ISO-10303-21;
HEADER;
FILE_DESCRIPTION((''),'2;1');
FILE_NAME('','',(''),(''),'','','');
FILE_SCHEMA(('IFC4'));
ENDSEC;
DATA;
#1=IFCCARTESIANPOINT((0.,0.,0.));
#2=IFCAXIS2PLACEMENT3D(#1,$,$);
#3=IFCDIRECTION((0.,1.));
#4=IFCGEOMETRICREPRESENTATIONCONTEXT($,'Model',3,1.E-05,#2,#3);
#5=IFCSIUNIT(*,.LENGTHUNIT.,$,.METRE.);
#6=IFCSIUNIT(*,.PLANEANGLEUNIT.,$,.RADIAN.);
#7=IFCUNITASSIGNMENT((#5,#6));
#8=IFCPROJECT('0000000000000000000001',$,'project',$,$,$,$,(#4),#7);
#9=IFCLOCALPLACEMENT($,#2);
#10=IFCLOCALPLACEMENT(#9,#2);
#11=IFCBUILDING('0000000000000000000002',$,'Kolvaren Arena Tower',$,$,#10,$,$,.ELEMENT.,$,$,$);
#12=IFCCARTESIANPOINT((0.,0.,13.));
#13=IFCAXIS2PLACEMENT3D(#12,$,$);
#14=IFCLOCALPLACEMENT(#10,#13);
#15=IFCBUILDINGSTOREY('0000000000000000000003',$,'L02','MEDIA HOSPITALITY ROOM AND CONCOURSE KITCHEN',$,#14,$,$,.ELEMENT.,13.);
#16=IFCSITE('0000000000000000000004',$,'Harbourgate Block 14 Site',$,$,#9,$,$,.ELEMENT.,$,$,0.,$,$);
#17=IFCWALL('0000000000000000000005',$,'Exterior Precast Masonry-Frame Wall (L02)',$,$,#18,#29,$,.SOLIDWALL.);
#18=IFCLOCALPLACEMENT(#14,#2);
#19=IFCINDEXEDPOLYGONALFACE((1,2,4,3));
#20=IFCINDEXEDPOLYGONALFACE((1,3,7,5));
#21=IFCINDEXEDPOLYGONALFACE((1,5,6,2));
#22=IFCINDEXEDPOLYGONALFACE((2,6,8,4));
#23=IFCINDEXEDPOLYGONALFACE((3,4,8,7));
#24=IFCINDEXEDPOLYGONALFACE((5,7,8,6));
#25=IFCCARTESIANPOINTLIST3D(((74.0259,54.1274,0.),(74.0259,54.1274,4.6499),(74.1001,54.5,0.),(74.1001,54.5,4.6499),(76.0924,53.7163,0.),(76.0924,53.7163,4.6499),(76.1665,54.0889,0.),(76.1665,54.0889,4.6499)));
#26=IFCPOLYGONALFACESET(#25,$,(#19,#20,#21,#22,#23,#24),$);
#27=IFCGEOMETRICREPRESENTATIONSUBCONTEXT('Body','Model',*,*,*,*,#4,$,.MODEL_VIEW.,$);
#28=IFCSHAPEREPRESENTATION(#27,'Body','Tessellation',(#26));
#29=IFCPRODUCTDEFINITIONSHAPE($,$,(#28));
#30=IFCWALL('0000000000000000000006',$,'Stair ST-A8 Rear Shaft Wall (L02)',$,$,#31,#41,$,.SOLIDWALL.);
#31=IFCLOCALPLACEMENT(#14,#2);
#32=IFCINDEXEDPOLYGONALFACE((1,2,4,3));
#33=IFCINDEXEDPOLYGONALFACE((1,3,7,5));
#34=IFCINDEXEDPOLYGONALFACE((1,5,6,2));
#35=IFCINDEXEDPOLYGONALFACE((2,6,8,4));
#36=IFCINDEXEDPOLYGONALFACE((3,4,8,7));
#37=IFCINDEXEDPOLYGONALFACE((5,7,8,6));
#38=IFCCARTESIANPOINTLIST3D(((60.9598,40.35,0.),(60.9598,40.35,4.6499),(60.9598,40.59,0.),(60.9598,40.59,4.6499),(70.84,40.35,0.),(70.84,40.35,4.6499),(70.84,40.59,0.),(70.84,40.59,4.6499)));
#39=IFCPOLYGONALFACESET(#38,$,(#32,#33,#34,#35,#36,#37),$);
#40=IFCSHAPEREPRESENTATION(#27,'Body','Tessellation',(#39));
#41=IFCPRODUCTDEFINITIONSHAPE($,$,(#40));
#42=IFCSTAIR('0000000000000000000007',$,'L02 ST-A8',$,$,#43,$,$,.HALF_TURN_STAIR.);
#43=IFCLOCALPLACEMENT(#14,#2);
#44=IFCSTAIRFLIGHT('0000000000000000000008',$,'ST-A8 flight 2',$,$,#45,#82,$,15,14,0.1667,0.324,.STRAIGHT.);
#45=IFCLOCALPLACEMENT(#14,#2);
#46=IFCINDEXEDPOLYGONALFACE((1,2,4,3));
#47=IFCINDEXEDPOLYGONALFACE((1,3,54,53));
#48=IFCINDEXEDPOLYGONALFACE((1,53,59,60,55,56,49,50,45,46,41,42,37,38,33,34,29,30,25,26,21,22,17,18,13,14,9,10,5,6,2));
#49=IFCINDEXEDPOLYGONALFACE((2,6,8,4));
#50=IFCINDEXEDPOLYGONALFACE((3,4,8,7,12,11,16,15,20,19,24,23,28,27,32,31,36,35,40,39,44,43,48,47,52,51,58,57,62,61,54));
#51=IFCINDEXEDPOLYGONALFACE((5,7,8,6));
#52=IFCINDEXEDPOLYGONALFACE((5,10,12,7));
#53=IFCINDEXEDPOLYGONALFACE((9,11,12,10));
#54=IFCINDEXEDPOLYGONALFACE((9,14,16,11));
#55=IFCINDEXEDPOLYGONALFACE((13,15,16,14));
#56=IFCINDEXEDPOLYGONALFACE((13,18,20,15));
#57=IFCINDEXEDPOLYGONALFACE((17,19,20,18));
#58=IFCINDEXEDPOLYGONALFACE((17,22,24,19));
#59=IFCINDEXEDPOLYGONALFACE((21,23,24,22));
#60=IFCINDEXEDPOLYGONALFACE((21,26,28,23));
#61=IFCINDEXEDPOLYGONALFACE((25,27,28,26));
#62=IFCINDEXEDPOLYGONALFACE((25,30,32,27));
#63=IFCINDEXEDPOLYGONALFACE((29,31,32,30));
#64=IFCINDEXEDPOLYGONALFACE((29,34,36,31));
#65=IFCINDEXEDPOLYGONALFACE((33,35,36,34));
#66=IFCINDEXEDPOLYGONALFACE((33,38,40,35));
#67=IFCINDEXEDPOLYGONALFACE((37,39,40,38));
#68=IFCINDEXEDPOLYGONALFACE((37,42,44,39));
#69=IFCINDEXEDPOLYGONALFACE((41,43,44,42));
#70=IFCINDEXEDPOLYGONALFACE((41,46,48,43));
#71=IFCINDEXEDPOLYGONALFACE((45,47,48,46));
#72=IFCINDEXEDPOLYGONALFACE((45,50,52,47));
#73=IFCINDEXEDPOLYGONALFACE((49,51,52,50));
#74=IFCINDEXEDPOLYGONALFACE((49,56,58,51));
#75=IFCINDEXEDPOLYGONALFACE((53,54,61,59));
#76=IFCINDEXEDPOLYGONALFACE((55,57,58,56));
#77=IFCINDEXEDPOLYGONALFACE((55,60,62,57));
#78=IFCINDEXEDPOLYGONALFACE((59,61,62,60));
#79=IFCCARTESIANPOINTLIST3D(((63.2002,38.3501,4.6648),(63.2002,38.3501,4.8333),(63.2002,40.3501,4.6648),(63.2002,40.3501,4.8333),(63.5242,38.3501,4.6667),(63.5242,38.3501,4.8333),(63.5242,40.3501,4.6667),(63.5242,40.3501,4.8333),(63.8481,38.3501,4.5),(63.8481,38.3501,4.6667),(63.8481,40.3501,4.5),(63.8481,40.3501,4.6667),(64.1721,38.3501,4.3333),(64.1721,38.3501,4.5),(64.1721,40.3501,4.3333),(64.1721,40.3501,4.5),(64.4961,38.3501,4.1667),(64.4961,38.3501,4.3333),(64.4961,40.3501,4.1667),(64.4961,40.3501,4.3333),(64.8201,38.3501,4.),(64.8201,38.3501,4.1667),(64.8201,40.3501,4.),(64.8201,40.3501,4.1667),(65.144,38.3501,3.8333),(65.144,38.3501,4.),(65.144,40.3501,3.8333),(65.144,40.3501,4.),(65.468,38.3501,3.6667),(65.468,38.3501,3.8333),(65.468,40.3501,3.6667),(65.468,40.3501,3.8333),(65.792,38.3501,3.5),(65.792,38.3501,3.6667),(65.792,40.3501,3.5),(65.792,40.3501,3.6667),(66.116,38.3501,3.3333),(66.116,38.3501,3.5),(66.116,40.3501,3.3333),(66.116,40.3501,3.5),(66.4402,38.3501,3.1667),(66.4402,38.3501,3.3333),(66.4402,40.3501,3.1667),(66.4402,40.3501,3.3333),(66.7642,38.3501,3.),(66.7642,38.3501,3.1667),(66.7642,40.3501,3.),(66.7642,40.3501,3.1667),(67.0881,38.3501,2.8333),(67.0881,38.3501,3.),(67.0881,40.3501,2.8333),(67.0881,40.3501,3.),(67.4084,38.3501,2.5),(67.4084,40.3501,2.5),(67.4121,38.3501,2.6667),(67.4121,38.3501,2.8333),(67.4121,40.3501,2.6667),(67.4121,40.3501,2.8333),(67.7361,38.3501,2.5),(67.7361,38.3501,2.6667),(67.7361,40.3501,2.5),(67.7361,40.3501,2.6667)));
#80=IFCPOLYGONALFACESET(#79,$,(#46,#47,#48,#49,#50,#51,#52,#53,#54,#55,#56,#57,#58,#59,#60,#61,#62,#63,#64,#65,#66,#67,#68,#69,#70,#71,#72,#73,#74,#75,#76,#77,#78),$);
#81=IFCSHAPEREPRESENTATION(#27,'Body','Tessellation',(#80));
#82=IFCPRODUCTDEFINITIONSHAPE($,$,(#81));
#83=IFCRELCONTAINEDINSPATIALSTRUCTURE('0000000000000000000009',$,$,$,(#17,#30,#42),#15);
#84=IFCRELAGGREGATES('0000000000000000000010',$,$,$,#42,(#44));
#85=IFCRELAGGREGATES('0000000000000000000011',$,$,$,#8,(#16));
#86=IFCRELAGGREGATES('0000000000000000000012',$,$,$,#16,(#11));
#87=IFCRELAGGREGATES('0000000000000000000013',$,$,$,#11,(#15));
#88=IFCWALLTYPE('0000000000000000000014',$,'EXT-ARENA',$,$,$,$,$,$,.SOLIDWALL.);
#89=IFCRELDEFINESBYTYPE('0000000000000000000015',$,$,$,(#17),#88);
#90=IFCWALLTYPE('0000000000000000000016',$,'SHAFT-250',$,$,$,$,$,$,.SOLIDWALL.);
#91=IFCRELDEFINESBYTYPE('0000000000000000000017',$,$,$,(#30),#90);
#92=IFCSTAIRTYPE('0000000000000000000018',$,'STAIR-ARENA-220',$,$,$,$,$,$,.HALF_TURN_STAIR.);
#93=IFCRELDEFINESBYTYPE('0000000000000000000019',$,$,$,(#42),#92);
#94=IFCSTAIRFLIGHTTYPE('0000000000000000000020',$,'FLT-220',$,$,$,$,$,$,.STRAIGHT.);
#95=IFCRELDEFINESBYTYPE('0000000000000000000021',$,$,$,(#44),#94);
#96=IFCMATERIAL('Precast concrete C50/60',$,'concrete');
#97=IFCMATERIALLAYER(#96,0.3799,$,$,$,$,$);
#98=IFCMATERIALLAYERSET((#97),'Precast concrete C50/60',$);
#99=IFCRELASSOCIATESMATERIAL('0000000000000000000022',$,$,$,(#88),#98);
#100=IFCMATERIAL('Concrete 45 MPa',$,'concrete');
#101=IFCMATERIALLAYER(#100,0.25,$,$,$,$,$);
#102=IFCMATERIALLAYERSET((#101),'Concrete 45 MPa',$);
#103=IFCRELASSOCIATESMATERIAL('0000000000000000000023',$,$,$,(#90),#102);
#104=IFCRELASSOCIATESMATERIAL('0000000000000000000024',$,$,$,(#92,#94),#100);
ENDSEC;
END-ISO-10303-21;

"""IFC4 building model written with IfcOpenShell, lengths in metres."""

from ifc_helpers import new_model, si_unit, direction, frame, frame_2d, origin, place, context, subcontext, project, spatial, polyline, rectangle, outline, extrude, material, layer, layer_set, type_object, element, aggregate, save


model = new_model("IFC4")

# Units and contexts
model_context = context("Model", 3, precision=1e-05, world=origin(), true_north=direction((0.0, 1.0)))
body_context = subcontext(model_context, "Body", "Model", "MODEL_VIEW")
ifc_project = project(units=[si_unit("LENGTHUNIT", "METRE"), si_unit("PLANEANGLEUNIT", "RADIAN")], contexts=[model_context])

# Site, building, storey
site_placement = place(None, origin())
site = spatial("IfcSite", under=ifc_project, at=site_placement, Name="Harbourgate Block 14 Site", CompositionType="ELEMENT", RefElevation=0.0)
building_placement = place(site_placement, origin())
building = spatial("IfcBuilding", under=site, at=building_placement, Name="Kolvaren Arena Tower", CompositionType="ELEMENT")
storey_placement = place(building_placement, frame((0.0, 0.0, 13.0)))
storey = spatial("IfcBuildingStorey", under=building, at=storey_placement, Name="L02", Description="MEDIA HOSPITALITY ROOM AND CONCOURSE KITCHEN", CompositionType="ELEMENT", Elevation=13.0)

# Shared definitions
ifc_material_1 = material(Name="Precast concrete C50/60", Category="concrete")
ifc_layer_1 = layer(ifc_material_1, 0.3799)
ifc_layer_set_1 = layer_set([ifc_layer_1], Name="Precast concrete C50/60")
wall_type_1 = type_object("IfcWallType", Name="EXT-ARENA", PredefinedType="SOLIDWALL", material=ifc_layer_set_1)

# Walls
for number, where, z_axis, x_axis, name in (
    (1, (74.063, 54.3137, 0.0), (0.0, 0.0, 1.0), (0.980776, -0.195136, 0.0), "Exterior Precast Masonry-Frame Wall (L02)"),
):
    element("IfcWall", number, at=place(storey_placement, frame(where, z_axis=z_axis, x_axis=x_axis)), inside=storey, type_object=wall_type_1, Name=name, PredefinedType="SOLIDWALL", context=body_context, shape_type="SweptSolid", body=[
        extrude(rectangle(XDim=2.1069, YDim=0.3799, at=frame_2d((1.0535, 0.0))), origin(), (0.0, 0.0, 1.0), 4.6499),
    ])
ifc_material_2 = material(Name="Concrete 45 MPa", Category="concrete")
ifc_layer_2 = layer(ifc_material_2, 0.25)
ifc_layer_set_2 = layer_set([ifc_layer_2], Name="Concrete 45 MPa")
wall_type_2 = type_object("IfcWallType", Name="SHAFT-250", PredefinedType="SOLIDWALL", material=ifc_layer_set_2)
wall_1_placement = place(storey_placement, frame((60.96, 40.47, 0.0), z_axis=(0.0, 0.0, 1.0), x_axis=(1.0, 0.0, 0.0)))
element("IfcWall", 2, at=wall_1_placement, inside=storey, type_object=wall_type_2, Name="Stair ST-A8 Rear Shaft Wall (L02)", PredefinedType="SOLIDWALL", context=body_context, shape_type="SweptSolid", body=[
    extrude(rectangle(XDim=9.8801, YDim=0.24, at=frame_2d((4.9399, 0.0))), origin(), (0.0, 0.0, 1.0), 4.6499),
])

# Stair, stair flight
stair_type = type_object("IfcStairType", Name="STAIR-ARENA-220", PredefinedType="HALF_TURN_STAIR", material=ifc_material_2)
stair_placement = place(storey_placement, origin())
stair = element("IfcStair", 3, at=stair_placement, inside=storey, type_object=stair_type, Name="L02 ST-A8", PredefinedType="HALF_TURN_STAIR")
stair_flight_type = type_object("IfcStairFlightType", Name="FLT-220", PredefinedType="STRAIGHT", material=ifc_material_2)
stair_flight_placement = place(storey_placement, frame((67.7361, 39.3501, 2.5), z_axis=(0.0, 0.0, 1.0), x_axis=(-1.0, 0.0, 0.0)))
stair_flight = element("IfcStairFlight", 4, at=stair_flight_placement, type_object=stair_flight_type, Name="ST-A8 flight 2", NumberOfRisers=15, NumberOfTreads=14, PredefinedType="STRAIGHT", RiserHeight=0.1667, TreadLength=0.324, context=body_context, shape_type="SweptSolid", body=[
    extrude(outline(polyline([(0.0, 0.0), (0.0, 0.1667), (0.324, 0.1667), (0.324, 0.3333), (0.6479, 0.3333), (0.6479, 0.5), (0.9719, 0.5), (0.9719, 0.6667), (1.2959, 0.6667), (1.2959, 0.8333), (1.6201, 0.8333), (1.6201, 1.0), (1.9441, 1.0), (1.9441, 1.1667), (2.2681, 1.1667), (2.2681, 1.3333), (2.592, 1.3333), (2.592, 1.5), (2.916, 1.5), (2.916, 1.6667), (3.24, 1.6667), (3.24, 1.8333), (3.564, 1.8333), (3.564, 2.0), (3.8879, 2.0), (3.8879, 2.1667), (4.2119, 2.1667), (4.2119, 2.3333), (4.5359, 2.3333), (4.5359, 2.5), (4.5359, 2.1648), (0.3276, 0.0), (0.0, 0.0)])), frame((0.0, 1.0, 0.0), z_axis=(0.0, -1.0, 0.0), x_axis=(1.0, 0.0, 0.0)), (0.0, 0.0, 1.0), 2.0),
])
aggregate(stair, [stair_flight])

save(model, "model.ifc")
